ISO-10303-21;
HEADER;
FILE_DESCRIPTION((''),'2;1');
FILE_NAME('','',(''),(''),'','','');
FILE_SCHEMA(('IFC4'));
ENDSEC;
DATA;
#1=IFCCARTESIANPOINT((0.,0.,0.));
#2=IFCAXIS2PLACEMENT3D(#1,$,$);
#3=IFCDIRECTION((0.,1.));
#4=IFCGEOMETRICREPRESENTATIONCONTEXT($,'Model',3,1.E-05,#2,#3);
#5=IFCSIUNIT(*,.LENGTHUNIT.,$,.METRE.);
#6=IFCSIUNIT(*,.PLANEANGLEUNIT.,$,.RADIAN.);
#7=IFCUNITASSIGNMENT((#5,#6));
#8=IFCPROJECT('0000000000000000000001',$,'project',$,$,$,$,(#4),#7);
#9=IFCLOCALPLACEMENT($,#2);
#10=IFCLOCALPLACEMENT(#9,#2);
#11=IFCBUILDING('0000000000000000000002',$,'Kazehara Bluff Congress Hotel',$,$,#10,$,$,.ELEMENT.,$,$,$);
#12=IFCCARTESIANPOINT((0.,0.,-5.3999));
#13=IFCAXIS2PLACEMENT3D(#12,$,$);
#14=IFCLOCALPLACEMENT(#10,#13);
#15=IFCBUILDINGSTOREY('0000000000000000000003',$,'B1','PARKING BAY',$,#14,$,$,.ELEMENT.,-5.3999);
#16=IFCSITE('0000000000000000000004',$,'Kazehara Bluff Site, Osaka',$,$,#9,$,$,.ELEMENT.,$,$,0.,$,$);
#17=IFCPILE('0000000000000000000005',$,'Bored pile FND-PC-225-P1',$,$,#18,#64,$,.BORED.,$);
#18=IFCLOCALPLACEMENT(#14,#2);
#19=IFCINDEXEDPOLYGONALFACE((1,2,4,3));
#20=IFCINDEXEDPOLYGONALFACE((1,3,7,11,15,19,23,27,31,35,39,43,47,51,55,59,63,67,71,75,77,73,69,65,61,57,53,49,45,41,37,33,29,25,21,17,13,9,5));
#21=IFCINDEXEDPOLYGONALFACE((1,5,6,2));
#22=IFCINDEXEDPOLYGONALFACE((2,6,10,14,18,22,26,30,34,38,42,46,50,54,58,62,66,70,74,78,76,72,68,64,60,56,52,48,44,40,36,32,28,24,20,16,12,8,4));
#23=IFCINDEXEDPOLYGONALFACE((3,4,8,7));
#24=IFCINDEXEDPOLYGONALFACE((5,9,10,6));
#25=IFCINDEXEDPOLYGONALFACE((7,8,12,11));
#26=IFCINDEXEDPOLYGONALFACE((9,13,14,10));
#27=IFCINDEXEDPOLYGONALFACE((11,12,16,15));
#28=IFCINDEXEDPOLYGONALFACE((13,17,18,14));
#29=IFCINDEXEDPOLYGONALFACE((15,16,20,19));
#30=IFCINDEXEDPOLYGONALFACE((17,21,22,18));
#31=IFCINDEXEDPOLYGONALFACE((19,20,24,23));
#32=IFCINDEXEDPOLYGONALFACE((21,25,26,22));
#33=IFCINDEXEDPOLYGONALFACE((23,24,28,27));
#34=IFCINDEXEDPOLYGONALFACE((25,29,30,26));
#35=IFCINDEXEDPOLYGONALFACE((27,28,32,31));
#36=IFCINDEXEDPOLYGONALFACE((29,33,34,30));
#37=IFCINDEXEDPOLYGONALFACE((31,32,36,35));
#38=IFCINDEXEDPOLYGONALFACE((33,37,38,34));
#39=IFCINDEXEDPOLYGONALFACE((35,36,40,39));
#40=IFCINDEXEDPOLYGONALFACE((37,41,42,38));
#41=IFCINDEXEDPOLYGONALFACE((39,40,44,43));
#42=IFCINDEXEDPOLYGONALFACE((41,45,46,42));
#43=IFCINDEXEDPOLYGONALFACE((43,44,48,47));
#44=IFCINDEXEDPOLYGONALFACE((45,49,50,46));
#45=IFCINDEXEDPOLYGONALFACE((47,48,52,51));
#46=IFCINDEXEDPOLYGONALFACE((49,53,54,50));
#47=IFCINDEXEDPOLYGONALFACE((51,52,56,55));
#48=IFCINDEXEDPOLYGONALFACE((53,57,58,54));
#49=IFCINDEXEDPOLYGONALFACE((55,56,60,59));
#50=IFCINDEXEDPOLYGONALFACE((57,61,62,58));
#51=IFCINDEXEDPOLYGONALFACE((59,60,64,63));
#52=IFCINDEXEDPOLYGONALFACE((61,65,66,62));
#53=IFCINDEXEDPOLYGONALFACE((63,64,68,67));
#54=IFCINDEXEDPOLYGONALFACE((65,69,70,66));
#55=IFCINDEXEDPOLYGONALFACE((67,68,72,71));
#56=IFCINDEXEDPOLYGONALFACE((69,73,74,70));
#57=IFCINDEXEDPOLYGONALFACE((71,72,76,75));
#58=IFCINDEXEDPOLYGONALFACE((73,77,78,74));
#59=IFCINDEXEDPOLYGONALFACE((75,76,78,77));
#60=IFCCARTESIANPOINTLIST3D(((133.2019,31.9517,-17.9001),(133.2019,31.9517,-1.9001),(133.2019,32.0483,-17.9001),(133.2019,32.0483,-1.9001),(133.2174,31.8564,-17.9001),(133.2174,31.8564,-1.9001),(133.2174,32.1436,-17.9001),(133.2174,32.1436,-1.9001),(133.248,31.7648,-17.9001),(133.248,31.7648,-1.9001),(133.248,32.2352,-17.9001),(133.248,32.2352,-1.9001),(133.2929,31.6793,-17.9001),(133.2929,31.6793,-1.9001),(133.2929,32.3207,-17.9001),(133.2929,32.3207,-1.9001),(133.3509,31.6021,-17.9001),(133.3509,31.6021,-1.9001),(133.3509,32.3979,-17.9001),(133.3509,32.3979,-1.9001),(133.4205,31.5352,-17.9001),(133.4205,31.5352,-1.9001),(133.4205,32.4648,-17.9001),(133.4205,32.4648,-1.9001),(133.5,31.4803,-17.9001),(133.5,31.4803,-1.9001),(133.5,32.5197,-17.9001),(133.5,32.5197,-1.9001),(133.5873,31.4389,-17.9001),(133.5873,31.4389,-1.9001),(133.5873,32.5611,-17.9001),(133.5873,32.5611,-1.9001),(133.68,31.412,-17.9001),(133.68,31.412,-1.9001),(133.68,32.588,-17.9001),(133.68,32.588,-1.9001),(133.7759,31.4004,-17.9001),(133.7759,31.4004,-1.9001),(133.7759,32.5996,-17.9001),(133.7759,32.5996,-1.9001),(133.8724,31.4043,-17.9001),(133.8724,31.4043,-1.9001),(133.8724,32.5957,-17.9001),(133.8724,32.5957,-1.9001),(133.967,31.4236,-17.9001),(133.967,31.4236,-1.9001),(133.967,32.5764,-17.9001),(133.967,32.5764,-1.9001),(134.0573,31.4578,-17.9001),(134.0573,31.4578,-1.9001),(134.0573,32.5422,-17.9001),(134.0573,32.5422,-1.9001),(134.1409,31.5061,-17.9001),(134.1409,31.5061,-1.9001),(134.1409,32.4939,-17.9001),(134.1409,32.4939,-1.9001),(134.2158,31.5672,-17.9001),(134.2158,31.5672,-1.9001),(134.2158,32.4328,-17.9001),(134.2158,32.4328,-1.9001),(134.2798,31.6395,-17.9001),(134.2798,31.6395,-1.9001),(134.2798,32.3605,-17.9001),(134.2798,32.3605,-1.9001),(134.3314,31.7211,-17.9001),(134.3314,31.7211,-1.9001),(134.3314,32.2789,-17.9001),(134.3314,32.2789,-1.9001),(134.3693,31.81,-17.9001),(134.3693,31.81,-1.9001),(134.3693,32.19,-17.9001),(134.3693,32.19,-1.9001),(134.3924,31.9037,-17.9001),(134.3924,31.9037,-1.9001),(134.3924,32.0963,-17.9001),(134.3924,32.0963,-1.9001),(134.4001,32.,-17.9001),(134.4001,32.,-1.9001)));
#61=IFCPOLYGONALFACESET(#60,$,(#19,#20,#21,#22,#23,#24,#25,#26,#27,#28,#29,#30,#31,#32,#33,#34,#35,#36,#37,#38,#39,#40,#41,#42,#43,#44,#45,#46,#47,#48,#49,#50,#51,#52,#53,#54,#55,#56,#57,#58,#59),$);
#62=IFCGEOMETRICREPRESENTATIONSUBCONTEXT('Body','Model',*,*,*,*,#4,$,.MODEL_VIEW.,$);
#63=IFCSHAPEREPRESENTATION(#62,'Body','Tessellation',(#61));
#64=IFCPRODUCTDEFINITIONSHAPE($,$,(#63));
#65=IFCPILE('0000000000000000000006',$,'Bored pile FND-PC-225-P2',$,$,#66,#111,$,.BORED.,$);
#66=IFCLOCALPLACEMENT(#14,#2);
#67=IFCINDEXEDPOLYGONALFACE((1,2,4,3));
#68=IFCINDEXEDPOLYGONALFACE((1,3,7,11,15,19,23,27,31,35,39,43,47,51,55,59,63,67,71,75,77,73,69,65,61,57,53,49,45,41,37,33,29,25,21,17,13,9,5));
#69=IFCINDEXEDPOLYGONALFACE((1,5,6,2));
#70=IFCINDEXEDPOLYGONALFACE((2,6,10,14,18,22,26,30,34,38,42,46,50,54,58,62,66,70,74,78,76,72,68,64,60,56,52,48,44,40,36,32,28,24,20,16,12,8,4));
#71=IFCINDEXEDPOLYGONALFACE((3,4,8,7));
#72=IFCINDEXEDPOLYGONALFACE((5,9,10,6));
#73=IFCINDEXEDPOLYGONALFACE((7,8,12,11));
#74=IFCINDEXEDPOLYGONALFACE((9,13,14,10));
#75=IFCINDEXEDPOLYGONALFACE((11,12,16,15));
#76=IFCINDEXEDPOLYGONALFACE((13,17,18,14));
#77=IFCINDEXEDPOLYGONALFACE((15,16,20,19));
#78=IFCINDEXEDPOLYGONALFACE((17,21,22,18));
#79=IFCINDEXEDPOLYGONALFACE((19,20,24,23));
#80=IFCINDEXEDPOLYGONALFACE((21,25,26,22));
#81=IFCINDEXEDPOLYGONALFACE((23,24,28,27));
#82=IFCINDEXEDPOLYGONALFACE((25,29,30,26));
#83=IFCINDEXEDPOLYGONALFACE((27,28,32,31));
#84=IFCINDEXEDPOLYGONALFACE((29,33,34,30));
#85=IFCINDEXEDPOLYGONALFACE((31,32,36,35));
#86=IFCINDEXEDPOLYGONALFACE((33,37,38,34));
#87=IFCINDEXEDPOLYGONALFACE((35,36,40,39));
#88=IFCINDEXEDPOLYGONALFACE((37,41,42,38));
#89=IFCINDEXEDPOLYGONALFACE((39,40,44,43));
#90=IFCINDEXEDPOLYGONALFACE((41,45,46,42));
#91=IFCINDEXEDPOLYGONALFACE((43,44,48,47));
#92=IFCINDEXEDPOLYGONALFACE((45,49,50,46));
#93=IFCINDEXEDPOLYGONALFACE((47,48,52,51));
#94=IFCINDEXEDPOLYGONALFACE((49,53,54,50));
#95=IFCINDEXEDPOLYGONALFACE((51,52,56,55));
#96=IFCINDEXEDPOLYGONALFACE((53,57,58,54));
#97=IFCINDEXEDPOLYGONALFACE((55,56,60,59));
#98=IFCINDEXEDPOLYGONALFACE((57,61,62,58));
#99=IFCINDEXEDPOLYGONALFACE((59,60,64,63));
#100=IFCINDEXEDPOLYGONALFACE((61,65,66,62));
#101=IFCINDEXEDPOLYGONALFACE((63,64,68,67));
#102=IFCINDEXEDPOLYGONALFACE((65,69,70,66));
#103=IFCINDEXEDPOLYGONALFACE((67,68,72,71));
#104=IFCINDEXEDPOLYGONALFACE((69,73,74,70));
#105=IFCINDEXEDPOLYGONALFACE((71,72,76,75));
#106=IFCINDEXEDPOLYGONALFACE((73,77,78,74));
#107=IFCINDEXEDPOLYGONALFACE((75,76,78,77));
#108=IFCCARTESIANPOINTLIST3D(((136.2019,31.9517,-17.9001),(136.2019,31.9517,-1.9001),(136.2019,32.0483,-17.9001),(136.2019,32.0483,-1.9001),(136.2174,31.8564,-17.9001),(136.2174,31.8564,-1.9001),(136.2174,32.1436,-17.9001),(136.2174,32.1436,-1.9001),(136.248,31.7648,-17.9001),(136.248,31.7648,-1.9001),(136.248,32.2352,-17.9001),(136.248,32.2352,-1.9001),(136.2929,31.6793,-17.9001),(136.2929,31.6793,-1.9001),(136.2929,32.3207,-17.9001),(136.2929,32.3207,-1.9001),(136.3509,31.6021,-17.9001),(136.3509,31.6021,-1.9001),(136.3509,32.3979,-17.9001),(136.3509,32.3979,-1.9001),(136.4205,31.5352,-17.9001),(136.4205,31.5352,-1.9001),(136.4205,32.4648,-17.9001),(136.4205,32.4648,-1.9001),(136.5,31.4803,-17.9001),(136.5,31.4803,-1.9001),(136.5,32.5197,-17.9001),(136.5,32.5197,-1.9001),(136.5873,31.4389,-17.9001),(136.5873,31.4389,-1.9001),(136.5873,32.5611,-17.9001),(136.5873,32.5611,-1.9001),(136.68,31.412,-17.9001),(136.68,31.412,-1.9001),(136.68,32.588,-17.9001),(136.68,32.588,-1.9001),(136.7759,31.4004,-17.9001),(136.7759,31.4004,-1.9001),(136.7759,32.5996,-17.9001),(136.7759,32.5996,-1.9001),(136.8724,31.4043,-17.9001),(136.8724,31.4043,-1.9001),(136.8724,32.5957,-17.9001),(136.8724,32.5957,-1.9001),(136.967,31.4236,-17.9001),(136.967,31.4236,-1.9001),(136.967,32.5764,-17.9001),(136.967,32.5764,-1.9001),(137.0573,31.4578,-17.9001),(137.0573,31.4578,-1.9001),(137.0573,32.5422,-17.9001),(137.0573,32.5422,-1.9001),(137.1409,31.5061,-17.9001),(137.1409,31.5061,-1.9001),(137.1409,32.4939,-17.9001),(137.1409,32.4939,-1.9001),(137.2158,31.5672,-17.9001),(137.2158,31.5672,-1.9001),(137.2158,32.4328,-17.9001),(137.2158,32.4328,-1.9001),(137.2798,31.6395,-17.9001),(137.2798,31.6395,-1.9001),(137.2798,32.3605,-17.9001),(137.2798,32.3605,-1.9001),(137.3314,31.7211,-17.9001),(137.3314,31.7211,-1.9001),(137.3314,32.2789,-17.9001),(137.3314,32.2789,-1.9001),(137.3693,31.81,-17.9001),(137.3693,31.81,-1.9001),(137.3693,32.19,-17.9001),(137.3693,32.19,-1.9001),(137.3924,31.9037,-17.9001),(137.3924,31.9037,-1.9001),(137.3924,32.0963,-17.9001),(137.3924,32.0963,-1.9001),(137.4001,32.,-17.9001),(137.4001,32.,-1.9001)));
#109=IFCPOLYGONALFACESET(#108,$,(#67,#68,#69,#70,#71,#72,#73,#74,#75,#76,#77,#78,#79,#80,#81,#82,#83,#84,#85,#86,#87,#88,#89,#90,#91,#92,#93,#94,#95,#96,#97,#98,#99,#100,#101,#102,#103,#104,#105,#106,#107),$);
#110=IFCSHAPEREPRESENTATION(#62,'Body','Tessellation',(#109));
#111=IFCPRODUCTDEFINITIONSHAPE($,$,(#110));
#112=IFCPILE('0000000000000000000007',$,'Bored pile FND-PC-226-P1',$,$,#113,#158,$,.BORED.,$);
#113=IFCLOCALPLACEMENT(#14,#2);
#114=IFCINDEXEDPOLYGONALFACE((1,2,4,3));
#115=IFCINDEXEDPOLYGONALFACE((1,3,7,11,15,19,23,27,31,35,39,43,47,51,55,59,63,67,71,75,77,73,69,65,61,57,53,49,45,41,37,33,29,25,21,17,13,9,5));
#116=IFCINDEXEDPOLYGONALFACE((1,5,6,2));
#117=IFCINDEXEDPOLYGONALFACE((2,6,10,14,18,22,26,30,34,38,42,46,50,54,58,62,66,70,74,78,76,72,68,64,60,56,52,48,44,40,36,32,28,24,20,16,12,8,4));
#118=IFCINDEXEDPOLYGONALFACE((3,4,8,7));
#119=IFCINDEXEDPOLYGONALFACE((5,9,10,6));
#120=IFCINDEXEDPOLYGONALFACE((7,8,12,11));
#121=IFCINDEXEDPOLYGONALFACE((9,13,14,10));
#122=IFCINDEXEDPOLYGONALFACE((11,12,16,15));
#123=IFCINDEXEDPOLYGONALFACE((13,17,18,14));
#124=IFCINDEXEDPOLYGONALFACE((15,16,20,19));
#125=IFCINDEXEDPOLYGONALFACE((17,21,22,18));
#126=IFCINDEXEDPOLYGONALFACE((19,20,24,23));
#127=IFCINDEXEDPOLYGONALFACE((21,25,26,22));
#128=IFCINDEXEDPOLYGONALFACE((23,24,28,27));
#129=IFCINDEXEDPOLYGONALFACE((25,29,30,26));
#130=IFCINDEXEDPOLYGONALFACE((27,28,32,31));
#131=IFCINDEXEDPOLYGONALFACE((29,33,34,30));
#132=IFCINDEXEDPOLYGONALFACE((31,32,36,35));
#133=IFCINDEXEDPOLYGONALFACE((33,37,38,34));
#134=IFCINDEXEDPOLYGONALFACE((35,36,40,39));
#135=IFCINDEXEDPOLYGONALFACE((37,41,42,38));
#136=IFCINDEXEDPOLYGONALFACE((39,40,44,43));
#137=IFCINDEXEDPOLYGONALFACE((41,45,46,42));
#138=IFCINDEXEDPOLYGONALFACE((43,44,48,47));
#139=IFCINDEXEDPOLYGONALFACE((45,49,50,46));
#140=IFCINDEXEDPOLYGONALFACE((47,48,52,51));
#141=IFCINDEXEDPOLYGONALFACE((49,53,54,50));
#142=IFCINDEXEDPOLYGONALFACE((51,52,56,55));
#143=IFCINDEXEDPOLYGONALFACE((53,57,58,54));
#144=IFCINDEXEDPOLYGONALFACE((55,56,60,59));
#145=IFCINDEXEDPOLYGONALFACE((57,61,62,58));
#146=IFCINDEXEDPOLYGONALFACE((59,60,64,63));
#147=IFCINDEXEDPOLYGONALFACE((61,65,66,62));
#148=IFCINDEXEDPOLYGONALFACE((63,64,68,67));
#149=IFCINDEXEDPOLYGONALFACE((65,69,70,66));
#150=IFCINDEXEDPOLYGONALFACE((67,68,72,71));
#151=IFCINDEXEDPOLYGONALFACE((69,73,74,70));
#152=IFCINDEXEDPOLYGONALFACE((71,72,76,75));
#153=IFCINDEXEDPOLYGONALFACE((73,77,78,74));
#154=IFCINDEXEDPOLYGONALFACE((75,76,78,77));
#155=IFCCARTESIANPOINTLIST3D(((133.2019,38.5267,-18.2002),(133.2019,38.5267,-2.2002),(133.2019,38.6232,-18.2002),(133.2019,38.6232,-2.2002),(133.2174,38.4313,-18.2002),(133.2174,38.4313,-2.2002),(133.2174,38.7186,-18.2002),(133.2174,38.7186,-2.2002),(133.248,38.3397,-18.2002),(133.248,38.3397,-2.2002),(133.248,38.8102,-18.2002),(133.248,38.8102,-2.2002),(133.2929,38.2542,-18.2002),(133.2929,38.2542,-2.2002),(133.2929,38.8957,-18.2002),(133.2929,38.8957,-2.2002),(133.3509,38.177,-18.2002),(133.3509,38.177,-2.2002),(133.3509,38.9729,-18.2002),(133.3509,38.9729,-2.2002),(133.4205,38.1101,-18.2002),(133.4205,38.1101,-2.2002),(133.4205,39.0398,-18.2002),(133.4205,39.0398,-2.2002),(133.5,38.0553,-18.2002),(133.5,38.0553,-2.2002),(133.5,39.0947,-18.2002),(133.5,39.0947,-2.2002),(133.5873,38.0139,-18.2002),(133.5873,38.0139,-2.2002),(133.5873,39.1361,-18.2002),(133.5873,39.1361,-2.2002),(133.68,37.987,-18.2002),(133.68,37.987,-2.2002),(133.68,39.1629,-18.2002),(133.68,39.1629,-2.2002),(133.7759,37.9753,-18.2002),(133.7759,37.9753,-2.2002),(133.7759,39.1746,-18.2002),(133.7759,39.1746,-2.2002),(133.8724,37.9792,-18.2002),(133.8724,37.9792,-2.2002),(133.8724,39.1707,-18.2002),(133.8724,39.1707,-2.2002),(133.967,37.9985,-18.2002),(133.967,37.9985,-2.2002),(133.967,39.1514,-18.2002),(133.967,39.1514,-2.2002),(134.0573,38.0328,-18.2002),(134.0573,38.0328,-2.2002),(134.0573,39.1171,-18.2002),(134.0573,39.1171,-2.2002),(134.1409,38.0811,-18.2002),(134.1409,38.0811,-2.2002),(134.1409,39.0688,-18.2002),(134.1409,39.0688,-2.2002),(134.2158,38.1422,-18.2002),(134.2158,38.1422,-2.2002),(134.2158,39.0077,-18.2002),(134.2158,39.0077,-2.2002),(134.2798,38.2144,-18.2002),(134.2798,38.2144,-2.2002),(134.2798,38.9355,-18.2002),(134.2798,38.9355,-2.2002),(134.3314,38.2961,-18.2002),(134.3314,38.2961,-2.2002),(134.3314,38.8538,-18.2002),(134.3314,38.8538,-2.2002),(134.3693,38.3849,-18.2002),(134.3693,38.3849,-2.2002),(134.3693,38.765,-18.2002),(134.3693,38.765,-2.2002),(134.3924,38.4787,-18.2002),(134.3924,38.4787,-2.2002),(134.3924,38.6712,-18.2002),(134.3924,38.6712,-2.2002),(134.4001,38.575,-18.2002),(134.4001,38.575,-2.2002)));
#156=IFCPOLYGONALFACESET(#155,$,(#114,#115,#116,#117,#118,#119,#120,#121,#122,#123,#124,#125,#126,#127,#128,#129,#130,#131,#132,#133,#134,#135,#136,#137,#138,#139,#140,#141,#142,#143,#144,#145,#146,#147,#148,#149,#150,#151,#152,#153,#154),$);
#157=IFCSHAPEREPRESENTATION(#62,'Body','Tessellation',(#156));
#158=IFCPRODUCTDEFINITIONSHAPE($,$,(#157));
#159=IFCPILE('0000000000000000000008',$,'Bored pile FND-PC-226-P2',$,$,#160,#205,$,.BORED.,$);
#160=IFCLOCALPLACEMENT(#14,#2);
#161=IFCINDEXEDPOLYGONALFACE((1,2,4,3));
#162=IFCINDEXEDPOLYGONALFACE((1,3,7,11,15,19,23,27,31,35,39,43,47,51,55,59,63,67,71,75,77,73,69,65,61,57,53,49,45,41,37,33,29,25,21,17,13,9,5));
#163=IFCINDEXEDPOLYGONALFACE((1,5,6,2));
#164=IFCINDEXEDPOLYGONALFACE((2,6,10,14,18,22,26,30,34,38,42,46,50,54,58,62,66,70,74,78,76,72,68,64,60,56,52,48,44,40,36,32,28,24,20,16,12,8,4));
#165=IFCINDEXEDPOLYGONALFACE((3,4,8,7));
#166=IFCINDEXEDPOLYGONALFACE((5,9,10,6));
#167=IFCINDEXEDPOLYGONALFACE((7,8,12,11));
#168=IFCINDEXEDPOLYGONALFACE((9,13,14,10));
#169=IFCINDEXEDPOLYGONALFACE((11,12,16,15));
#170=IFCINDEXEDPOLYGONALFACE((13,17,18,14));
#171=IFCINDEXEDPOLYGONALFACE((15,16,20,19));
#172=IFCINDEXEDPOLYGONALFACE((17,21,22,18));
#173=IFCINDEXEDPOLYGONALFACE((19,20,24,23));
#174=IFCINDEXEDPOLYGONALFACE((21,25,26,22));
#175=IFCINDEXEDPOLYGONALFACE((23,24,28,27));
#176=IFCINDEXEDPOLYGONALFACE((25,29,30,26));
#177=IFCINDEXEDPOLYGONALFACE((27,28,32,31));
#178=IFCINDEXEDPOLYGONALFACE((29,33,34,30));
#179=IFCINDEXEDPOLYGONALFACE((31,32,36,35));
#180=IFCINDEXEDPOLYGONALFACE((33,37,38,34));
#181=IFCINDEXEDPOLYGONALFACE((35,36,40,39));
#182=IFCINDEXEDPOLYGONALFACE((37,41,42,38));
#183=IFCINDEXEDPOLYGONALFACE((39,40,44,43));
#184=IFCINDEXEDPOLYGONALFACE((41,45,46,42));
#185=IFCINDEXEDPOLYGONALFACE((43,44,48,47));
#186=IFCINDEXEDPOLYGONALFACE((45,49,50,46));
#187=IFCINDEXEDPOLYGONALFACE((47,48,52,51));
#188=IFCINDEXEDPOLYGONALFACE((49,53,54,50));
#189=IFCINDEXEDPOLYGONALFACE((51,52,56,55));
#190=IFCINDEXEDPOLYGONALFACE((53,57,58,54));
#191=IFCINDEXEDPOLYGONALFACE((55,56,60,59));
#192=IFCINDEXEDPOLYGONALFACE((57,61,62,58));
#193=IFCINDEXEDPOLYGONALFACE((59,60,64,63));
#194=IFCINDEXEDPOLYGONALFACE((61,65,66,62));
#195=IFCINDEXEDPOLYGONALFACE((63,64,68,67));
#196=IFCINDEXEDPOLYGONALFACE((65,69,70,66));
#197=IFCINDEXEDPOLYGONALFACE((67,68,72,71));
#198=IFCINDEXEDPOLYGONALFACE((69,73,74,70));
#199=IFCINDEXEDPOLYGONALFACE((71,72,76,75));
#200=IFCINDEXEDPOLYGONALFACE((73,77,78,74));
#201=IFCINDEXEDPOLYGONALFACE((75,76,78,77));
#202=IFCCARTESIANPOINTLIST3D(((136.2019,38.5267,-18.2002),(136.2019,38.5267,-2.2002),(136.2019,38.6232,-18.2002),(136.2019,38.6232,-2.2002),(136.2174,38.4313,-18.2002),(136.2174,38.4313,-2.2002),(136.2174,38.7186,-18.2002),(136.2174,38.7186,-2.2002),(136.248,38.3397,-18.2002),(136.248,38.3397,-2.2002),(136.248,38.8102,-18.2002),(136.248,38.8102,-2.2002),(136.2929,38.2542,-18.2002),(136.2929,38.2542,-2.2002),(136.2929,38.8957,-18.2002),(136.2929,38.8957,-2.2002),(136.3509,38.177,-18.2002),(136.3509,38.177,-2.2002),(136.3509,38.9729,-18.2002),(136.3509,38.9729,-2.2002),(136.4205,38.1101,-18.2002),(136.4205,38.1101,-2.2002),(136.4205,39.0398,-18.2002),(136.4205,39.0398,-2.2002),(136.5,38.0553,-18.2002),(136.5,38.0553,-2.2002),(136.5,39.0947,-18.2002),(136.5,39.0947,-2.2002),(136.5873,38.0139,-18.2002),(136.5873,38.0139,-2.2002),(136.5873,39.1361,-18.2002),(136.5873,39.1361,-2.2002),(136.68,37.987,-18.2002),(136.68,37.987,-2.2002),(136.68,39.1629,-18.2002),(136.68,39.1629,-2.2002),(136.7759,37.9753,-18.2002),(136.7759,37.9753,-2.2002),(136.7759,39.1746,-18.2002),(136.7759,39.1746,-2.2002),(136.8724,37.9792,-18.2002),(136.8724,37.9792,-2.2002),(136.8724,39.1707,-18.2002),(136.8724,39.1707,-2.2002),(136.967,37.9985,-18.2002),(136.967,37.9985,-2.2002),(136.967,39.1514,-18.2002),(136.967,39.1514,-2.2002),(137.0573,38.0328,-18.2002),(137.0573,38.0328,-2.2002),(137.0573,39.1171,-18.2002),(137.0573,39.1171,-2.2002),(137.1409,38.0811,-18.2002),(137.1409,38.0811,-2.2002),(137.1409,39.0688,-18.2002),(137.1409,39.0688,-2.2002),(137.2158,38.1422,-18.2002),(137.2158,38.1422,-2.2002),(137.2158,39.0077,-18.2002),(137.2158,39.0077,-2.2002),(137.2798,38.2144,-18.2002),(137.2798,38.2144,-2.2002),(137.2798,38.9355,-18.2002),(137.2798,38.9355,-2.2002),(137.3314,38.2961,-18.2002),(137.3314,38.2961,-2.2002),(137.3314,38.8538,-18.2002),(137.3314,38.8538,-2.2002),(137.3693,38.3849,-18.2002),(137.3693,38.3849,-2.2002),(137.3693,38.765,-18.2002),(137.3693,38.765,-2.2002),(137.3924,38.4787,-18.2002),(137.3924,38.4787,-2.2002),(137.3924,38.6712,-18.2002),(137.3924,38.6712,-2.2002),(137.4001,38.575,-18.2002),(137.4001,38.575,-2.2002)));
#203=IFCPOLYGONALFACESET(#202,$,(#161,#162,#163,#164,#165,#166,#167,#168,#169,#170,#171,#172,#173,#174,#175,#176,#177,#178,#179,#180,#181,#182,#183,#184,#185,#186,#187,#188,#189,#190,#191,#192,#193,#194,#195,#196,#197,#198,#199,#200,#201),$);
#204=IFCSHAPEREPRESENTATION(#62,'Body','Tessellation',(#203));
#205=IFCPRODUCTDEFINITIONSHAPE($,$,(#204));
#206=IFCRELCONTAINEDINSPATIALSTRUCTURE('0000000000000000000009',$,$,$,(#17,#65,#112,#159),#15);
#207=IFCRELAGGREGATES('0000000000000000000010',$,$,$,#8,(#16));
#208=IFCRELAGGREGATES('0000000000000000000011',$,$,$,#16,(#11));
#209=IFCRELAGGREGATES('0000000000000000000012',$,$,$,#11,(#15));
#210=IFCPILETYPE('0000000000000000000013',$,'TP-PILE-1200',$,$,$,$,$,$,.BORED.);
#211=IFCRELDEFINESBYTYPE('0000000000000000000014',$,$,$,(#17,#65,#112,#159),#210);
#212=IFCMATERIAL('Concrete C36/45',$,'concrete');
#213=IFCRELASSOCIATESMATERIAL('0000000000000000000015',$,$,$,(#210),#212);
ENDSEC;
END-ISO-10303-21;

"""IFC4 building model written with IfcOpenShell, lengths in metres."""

from ifc_helpers import new_model, si_unit, direction, frame, origin, origin_2d, place, context, subcontext, project, spatial, circle, extrude, material, material_profile, profile_set, type_object, element, save


model = new_model("IFC4")

# Units and contexts
model_context = context("Model", 3, precision=1e-05, world=origin(), true_north=direction((0.0, 1.0)))
body_context = subcontext(model_context, "Body", "Model", "MODEL_VIEW")
ifc_project = project(units=[si_unit("LENGTHUNIT", "METRE"), si_unit("PLANEANGLEUNIT", "RADIAN")], contexts=[model_context])

# Site, building, storey
site_placement = place(None, origin())
site = spatial("IfcSite", under=ifc_project, at=site_placement, Name="Kazehara Bluff Site, Osaka", CompositionType="ELEMENT", RefElevation=0.0)
building_placement = place(site_placement, origin())
building = spatial("IfcBuilding", under=site, at=building_placement, Name="Kazehara Bluff Congress Hotel", CompositionType="ELEMENT")
storey_placement = place(building_placement, frame((0.0, 0.0, -5.3999)))
storey = spatial("IfcBuildingStorey", under=building, at=storey_placement, Name="B1", Description="PARKING BAY", CompositionType="ELEMENT", Elevation=-5.3999)

# Piles
ifc_material_1 = material(Name="Concrete C36/45", Category="concrete")
ifc_material_profile_1 = material_profile(ifc_material_1, circle(Radius=0.6001, at=origin_2d()))
ifc_profile_set_1 = profile_set([ifc_material_profile_1], Name="Concrete C36/45")
pile_type = type_object("IfcPileType", Name="TP-PILE-1200", PredefinedType="BORED", material=ifc_profile_set_1)
for number, where, z_axis, x_axis, name in (
    (1, (133.8, 32.0, -1.9001), (0.0, 0.0, -1.0), (1.0, 0.0, 0.0), "Bored pile FND-PC-225-P1"),
    (2, (136.8, 32.0, -1.9001), (0.0, 0.0, -1.0), (1.0, 0.0, 0.0), "Bored pile FND-PC-225-P2"),
    (3, (133.8, 38.575, -2.2002), (0.0, 0.0, -1.0), (1.0, 0.0, 0.0), "Bored pile FND-PC-226-P1"),
    (4, (136.8, 38.575, -2.2002), (0.0, 0.0, -1.0), (1.0, 0.0, 0.0), "Bored pile FND-PC-226-P2"),
):
    element("IfcPile", number, at=place(storey_placement, frame(where, z_axis=z_axis, x_axis=x_axis)), inside=storey, type_object=pile_type, Name=name, PredefinedType="BORED", context=body_context, shape_type="SweptSolid", body=[
        extrude(circle(Radius=0.6001, at=origin_2d()), origin(), (0.0, 0.0, 1.0), 16.0),
    ])

save(model, "model.ifc")
